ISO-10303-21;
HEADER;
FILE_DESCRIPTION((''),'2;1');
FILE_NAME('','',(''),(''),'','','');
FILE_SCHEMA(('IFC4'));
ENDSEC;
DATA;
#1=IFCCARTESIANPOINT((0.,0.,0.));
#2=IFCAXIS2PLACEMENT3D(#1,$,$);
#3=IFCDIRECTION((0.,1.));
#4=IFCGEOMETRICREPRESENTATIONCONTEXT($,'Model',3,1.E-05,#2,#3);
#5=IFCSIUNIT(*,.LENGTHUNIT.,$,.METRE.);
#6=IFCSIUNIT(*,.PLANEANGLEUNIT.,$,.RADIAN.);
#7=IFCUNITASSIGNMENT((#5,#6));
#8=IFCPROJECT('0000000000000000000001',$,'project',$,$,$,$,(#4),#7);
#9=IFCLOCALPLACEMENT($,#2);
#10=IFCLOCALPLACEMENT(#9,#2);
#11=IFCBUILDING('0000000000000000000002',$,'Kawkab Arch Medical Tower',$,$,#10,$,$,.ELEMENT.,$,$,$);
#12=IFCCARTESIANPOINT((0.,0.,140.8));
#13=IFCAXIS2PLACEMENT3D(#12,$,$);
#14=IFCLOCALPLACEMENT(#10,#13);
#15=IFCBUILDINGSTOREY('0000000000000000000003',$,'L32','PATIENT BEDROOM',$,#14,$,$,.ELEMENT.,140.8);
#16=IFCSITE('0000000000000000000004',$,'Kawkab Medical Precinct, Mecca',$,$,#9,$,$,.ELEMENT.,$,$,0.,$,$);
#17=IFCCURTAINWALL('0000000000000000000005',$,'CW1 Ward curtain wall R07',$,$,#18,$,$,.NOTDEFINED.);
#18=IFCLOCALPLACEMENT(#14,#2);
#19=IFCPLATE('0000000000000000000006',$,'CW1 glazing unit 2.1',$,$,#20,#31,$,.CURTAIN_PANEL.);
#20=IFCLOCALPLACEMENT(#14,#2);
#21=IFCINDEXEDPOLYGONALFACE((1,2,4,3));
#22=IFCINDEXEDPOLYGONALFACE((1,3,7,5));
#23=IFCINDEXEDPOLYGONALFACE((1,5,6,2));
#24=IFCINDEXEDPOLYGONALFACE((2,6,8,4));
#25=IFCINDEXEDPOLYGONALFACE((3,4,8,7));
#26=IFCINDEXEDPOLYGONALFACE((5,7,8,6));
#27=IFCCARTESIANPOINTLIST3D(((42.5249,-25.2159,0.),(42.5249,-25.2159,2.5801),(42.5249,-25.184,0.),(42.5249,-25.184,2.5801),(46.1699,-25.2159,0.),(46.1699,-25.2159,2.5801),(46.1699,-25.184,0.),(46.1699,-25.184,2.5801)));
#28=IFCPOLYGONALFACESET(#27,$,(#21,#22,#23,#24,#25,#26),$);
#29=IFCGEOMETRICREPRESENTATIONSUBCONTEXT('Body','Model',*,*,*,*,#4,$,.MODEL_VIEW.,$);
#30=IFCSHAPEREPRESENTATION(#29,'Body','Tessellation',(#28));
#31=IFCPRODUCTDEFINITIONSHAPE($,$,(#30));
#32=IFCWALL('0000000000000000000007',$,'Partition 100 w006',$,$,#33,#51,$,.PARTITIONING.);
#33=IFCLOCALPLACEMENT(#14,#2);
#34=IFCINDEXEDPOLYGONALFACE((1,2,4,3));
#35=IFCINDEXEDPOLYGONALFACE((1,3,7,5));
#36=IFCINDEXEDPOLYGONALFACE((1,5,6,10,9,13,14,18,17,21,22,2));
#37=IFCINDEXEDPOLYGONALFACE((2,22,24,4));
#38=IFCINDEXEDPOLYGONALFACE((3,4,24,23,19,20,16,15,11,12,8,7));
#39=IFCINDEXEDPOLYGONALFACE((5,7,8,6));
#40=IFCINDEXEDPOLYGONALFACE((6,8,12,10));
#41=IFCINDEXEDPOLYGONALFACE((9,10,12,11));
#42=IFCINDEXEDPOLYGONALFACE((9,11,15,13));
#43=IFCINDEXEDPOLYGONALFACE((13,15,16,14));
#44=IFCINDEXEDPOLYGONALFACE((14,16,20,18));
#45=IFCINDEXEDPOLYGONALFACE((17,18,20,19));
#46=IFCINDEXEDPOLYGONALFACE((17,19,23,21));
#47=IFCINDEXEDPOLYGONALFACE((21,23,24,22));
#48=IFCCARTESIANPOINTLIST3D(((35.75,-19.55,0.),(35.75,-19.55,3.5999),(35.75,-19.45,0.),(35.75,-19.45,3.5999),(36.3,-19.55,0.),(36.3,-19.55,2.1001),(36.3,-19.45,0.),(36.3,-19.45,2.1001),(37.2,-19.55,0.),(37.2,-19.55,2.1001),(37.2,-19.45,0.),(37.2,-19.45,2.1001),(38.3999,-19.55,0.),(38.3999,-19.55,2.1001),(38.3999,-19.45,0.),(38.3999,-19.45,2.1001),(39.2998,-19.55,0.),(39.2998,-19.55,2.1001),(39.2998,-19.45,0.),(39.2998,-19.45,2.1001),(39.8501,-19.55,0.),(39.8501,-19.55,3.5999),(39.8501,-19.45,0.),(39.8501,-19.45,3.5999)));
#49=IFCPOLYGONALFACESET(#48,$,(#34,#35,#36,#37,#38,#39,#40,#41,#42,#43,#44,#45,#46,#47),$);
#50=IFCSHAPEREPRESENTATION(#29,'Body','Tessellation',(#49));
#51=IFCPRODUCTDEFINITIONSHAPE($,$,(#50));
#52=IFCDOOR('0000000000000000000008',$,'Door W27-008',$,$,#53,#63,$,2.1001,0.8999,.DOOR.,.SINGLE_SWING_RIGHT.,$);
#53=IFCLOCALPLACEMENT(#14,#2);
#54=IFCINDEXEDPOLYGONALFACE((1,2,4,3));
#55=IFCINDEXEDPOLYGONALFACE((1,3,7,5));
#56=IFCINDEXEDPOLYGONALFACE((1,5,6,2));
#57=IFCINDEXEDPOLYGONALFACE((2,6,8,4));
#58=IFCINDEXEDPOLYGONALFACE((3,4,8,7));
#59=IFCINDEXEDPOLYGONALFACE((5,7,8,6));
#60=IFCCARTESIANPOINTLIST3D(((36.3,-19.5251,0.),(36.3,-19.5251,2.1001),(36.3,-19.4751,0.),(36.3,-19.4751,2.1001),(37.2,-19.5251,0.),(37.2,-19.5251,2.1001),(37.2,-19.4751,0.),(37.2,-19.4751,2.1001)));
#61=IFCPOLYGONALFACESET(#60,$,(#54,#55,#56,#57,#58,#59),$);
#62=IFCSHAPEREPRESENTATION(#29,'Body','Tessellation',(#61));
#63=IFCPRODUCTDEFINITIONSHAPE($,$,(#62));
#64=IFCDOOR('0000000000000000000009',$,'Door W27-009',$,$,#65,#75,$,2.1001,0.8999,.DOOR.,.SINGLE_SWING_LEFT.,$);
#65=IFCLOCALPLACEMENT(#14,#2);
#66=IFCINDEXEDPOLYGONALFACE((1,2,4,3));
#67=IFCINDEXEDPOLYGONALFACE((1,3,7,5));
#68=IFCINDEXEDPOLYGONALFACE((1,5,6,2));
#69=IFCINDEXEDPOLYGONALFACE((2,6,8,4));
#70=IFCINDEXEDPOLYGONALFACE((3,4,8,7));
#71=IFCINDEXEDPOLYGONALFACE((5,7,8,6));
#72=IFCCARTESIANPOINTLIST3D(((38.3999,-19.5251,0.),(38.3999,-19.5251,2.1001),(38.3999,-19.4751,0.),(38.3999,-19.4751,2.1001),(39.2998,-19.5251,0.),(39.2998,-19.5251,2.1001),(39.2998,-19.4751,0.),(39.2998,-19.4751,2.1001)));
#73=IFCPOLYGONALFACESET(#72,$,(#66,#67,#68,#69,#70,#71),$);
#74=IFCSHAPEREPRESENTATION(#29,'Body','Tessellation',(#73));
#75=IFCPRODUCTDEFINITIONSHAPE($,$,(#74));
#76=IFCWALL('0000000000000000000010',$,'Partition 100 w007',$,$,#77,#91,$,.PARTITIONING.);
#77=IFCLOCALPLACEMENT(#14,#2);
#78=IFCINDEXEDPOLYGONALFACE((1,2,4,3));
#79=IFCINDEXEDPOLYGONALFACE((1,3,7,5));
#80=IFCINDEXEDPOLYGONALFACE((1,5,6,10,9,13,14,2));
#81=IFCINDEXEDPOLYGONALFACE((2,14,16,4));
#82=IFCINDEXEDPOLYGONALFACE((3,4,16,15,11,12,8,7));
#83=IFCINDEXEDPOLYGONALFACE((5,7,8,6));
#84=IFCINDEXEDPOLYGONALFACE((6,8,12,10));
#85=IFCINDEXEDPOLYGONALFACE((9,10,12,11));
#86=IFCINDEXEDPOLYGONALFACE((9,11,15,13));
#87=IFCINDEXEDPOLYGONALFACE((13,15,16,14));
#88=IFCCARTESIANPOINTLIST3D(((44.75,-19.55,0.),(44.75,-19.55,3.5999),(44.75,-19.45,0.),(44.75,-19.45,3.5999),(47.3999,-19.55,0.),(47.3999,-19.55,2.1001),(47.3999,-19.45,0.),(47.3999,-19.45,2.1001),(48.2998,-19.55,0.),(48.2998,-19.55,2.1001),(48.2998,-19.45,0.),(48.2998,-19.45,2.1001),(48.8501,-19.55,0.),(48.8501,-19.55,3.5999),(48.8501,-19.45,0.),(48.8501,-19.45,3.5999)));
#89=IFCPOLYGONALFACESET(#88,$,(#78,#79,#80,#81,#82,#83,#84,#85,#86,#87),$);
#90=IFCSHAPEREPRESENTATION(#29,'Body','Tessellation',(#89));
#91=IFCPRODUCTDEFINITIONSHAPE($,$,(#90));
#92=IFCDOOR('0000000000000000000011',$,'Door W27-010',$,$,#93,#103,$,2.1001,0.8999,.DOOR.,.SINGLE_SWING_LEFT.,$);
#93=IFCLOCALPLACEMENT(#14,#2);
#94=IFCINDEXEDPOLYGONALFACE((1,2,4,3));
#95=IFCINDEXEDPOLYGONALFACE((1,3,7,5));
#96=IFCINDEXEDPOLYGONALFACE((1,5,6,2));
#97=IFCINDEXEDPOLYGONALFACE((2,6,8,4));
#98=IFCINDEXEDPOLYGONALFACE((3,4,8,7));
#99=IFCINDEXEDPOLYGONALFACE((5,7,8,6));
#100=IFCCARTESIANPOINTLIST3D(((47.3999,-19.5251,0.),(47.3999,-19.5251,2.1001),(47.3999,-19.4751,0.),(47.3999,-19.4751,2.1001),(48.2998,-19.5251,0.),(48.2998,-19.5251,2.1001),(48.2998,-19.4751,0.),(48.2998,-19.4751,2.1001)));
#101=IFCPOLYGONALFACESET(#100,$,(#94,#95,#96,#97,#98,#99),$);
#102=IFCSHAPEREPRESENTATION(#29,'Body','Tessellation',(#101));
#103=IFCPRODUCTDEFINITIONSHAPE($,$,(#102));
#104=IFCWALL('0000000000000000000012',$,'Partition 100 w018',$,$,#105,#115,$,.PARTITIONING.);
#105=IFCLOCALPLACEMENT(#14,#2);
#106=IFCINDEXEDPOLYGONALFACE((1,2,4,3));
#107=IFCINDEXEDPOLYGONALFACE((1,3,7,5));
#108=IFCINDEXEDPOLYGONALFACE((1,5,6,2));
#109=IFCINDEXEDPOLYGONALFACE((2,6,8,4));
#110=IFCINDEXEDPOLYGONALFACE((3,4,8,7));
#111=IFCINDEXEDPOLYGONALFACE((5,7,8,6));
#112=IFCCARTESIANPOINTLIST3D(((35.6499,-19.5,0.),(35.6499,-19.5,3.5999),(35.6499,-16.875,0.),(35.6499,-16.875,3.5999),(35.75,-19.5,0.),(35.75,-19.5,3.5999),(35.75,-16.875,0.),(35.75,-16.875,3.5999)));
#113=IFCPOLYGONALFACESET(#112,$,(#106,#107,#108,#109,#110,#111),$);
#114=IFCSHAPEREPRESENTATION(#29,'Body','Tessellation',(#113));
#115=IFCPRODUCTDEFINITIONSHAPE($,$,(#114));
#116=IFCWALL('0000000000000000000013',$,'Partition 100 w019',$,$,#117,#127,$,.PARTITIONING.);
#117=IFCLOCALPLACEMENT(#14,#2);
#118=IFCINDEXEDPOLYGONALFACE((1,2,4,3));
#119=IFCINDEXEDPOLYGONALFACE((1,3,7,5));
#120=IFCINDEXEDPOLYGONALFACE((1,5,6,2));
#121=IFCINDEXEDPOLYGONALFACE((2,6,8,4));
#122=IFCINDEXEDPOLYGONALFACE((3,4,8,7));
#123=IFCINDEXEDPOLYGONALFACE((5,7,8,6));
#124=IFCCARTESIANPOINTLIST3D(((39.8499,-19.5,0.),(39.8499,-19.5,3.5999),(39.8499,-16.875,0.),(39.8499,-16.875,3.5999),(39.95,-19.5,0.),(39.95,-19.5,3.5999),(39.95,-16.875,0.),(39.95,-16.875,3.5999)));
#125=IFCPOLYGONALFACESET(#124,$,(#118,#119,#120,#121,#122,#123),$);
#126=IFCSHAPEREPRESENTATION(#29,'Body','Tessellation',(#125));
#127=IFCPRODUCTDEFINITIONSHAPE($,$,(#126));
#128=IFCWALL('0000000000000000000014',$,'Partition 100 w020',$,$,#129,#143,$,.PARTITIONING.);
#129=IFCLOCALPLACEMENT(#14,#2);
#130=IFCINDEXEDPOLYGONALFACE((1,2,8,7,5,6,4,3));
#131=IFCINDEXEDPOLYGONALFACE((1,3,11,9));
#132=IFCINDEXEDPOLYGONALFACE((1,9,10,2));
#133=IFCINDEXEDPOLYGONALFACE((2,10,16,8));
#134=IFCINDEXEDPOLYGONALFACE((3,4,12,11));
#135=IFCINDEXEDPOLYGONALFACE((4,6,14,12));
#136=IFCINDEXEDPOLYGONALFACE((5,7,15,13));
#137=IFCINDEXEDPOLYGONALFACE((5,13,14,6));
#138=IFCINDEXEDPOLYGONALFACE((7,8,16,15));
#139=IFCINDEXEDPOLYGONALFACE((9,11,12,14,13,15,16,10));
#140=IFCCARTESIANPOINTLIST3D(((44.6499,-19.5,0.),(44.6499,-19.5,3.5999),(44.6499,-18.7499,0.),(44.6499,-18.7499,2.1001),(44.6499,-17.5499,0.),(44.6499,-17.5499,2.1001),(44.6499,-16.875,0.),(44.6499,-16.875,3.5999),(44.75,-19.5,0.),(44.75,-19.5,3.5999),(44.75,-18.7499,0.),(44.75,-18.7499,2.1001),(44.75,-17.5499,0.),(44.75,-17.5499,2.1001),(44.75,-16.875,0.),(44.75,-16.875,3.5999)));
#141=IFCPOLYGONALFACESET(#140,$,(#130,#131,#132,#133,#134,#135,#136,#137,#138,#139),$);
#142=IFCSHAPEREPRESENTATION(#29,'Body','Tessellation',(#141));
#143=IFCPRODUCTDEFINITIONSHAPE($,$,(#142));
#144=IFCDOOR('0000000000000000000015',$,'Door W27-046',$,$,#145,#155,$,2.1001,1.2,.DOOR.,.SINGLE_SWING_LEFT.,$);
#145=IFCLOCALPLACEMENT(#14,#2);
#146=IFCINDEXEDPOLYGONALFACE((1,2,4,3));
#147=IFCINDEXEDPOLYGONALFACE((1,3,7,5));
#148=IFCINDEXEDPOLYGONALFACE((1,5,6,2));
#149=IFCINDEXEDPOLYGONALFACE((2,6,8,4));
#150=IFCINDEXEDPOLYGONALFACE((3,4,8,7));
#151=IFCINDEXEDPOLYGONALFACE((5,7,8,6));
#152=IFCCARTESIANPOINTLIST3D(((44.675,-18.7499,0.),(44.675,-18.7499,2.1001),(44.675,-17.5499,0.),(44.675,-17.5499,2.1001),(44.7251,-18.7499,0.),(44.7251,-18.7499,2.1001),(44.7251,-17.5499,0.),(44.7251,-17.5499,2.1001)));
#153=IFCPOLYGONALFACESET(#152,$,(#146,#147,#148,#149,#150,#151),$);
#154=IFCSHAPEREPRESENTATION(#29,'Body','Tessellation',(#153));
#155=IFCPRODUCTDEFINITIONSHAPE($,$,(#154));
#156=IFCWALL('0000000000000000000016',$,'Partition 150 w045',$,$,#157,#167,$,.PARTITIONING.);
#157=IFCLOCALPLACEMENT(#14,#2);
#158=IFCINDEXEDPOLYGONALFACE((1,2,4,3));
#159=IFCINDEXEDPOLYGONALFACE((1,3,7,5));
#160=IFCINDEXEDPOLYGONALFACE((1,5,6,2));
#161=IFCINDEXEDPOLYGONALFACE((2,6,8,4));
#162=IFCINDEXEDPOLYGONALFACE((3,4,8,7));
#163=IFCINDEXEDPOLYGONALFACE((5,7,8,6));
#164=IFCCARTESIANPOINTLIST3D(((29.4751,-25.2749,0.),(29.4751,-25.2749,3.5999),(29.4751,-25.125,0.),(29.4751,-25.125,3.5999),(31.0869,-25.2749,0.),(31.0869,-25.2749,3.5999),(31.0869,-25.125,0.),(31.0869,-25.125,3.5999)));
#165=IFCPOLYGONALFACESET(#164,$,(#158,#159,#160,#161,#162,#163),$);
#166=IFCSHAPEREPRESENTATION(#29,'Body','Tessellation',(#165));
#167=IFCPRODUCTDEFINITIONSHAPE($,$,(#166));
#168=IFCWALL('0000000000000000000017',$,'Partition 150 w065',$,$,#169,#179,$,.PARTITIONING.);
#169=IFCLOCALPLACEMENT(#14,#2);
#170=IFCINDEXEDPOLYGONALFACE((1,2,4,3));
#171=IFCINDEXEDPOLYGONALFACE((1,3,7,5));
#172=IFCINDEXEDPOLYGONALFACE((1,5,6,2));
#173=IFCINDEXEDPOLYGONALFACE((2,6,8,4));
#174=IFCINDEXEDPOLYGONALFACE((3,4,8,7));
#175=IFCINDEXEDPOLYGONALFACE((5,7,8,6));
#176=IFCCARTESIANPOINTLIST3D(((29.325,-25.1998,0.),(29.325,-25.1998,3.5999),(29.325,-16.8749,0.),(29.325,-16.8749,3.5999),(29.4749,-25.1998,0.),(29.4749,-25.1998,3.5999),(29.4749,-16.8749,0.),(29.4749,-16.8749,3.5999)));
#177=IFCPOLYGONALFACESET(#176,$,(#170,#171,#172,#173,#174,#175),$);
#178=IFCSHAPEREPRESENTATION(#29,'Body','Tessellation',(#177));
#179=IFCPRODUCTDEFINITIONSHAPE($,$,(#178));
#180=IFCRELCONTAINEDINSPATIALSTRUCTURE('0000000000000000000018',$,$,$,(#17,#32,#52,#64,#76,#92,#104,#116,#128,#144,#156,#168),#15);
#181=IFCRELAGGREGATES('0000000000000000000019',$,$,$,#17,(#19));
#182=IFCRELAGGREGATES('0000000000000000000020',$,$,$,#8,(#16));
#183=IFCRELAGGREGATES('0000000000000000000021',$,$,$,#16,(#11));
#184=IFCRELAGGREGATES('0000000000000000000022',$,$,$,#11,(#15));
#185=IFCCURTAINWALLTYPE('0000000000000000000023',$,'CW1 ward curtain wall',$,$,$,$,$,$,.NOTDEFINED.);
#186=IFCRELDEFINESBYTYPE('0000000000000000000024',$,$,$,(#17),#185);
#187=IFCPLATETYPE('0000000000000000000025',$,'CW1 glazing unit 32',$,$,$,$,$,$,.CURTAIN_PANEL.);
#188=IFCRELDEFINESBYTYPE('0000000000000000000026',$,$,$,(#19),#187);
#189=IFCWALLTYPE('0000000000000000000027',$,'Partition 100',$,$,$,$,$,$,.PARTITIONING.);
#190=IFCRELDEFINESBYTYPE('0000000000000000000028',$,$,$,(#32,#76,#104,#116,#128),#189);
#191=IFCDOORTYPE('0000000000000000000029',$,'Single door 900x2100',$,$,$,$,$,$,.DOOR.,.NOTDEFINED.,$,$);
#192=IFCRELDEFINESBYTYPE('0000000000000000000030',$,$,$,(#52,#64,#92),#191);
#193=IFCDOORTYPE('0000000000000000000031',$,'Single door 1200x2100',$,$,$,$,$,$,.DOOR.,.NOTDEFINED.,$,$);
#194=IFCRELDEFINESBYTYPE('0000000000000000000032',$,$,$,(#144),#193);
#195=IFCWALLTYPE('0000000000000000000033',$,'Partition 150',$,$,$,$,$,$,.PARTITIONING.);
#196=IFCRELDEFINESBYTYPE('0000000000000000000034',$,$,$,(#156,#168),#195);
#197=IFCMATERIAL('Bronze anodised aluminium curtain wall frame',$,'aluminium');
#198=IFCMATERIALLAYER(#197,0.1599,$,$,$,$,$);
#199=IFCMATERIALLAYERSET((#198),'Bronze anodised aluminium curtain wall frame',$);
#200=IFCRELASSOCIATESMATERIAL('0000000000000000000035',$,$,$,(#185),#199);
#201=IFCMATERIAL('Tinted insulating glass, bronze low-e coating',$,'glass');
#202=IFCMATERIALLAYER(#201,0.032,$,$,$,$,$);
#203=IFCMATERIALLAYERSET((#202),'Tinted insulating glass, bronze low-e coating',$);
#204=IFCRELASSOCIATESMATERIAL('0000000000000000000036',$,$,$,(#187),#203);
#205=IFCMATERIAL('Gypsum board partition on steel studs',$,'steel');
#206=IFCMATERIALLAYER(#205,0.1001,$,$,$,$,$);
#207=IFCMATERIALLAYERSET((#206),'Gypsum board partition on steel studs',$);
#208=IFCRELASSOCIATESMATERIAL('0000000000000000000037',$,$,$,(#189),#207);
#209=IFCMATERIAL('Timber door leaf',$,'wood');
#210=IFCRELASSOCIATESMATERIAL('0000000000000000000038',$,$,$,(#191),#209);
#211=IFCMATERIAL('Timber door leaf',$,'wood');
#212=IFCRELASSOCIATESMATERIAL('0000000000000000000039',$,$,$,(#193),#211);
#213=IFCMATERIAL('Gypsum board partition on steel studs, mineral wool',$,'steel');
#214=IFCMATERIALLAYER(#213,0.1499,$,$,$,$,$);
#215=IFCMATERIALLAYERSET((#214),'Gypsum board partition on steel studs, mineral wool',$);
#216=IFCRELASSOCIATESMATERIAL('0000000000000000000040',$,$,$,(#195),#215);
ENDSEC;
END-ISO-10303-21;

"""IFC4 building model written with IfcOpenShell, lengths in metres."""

from ifc_helpers import new_model, si_unit, direction, frame, frame_2d, origin, origin_2d, place, context, subcontext, project, spatial, rectangle, extrude, material, layer, layer_set, type_object, element, fill, aggregate, save


model = new_model("IFC4")

# Units and contexts
model_context = context("Model", 3, precision=1e-05, world=origin(), true_north=direction((0.0, 1.0)))
body_context = subcontext(model_context, "Body", "Model", "MODEL_VIEW")
ifc_project = project(units=[si_unit("LENGTHUNIT", "METRE"), si_unit("PLANEANGLEUNIT", "RADIAN")], contexts=[model_context])

# Site, building, storey
site_placement = place(None, origin())
site = spatial("IfcSite", under=ifc_project, at=site_placement, Name="Kawkab Medical Precinct, Mecca", CompositionType="ELEMENT", RefElevation=0.0)
building_placement = place(site_placement, origin())
building = spatial("IfcBuilding", under=site, at=building_placement, Name="Kawkab Arch Medical Tower", CompositionType="ELEMENT")
storey_placement = place(building_placement, frame((0.0, 0.0, 140.8)))
storey = spatial("IfcBuildingStorey", under=building, at=storey_placement, Name="L32", Description="PATIENT BEDROOM", CompositionType="ELEMENT", Elevation=140.8)

# Curtain wall
ifc_material_1 = material(Name="Bronze anodised aluminium curtain wall frame", Category="aluminium")
ifc_layer_1 = layer(ifc_material_1, 0.1599)
ifc_layer_set_1 = layer_set([ifc_layer_1], Name="Bronze anodised aluminium curtain wall frame")
curtain_wall_type = type_object("IfcCurtainWallType", Name="CW1 ward curtain wall", PredefinedType="NOTDEFINED", material=ifc_layer_set_1)
curtain_wall_placement = place(storey_placement, origin())
curtain_wall = element("IfcCurtainWall", 1, at=curtain_wall_placement, inside=storey, type_object=curtain_wall_type, Name="CW1 Ward curtain wall R07", PredefinedType="NOTDEFINED")

# Plate
ifc_material_2 = material(Name="Tinted insulating glass, bronze low-e coating", Category="glass")
ifc_layer_2 = layer(ifc_material_2, 0.032)
ifc_layer_set_2 = layer_set([ifc_layer_2], Name="Tinted insulating glass, bronze low-e coating")
plate_type = type_object("IfcPlateType", Name="CW1 glazing unit 32", PredefinedType="CURTAIN_PANEL", material=ifc_layer_set_2)
plate_1_placement = place(storey_placement, frame((44.3474, -25.2, 0.0), z_axis=(0.0, 0.0, 1.0), x_axis=(1.0, 0.0, 0.0)))
plate_1 = element("IfcPlate", 2, at=plate_1_placement, type_object=plate_type, Name="CW1 glazing unit 2.1", PredefinedType="CURTAIN_PANEL", context=body_context, shape_type="SweptSolid", body=[
    extrude(rectangle(XDim=3.645, YDim=0.032, at=origin_2d()), origin(), (0.0, 0.0, 1.0), 2.5801),
])
aggregate(curtain_wall, [plate_1])

# Wall, openings, doors
ifc_material_3 = material(Name="Gypsum board partition on steel studs", Category="steel")
ifc_layer_3 = layer(ifc_material_3, 0.1001)
ifc_layer_set_3 = layer_set([ifc_layer_3], Name="Gypsum board partition on steel studs")
wall_type_1 = type_object("IfcWallType", Name="Partition 100", PredefinedType="PARTITIONING", material=ifc_layer_set_3)
wall_1_placement = place(storey_placement, frame((35.75, -19.5, 0.0), z_axis=(0.0, 0.0, 1.0), x_axis=(1.0, 0.0, 0.0)))
wall_1 = element("IfcWall", 3, at=wall_1_placement, inside=storey, type_object=wall_type_1, Name="Partition 100 w006", PredefinedType="PARTITIONING", context=body_context, shape_type="SweptSolid", body=[
    extrude(rectangle(XDim=4.1001, YDim=0.1001, at=frame_2d((2.05, 0.0))), origin(), (0.0, 0.0, 1.0), 3.5999),
])
opening_1_placement = place(wall_1_placement, frame((0.55, 0.0, 0.0)))
opening_1 = element("IfcOpeningElement", 4, at=opening_1_placement, cuts=wall_1, PredefinedType="OPENING", context=body_context, shape_type="SweptSolid", body=[
    extrude(rectangle(XDim=0.8999, YDim=2.1001, at=frame_2d((0.45, 1.05))), frame((0.0, 0.0601, 0.0), z_axis=(0.0, -1.0, 0.0), x_axis=(1.0, 0.0, 0.0)), (0.0, 0.0, 1.0), 0.1201),
])
opening_2_placement = place(wall_1_placement, frame((2.6499, 0.0, 0.0)))
opening_2 = element("IfcOpeningElement", 5, at=opening_2_placement, cuts=wall_1, PredefinedType="OPENING", context=body_context, shape_type="SweptSolid", body=[
    extrude(rectangle(XDim=0.8999, YDim=2.1001, at=frame_2d((0.45, 1.05))), frame((0.0, 0.0601, 0.0), z_axis=(0.0, -1.0, 0.0), x_axis=(1.0, 0.0, 0.0)), (0.0, 0.0, 1.0), 0.1201),
])
ifc_material_4 = material(Name="Timber door leaf", Category="wood")
door_type_1 = type_object("IfcDoorType", Name="Single door 900x2100", OperationType="NOTDEFINED", PredefinedType="DOOR", material=ifc_material_4)
door_1_placement = place(opening_1_placement, origin())
door_1 = element("IfcDoor", 6, at=door_1_placement, inside=storey, type_object=door_type_1, Name="Door W27-008", OperationType="SINGLE_SWING_RIGHT", OverallHeight=2.1001, OverallWidth=0.8999, PredefinedType="DOOR", context=body_context, shape_type="SweptSolid", body=[
    extrude(rectangle(XDim=0.8999, YDim=2.1001, at=frame_2d((0.45, 1.05))), frame((0.0, 0.0249, 0.0), z_axis=(0.0, -1.0, 0.0), x_axis=(1.0, 0.0, 0.0)), (0.0, 0.0, 1.0), 0.05),
])
fill(opening_1, door_1)
door_2_placement = place(opening_2_placement, origin())
door_2 = element("IfcDoor", 7, at=door_2_placement, inside=storey, type_object=door_type_1, Name="Door W27-009", OperationType="SINGLE_SWING_LEFT", OverallHeight=2.1001, OverallWidth=0.8999, PredefinedType="DOOR", context=body_context, shape_type="SweptSolid", body=[
    extrude(rectangle(XDim=0.8999, YDim=2.1001, at=frame_2d((0.45, 1.05))), frame((0.0, 0.0249, 0.0), z_axis=(0.0, -1.0, 0.0), x_axis=(1.0, 0.0, 0.0)), (0.0, 0.0, 1.0), 0.05),
])
fill(opening_2, door_2)

# Wall, opening, door
wall_2_placement = place(storey_placement, frame((44.75, -19.5, 0.0), z_axis=(0.0, 0.0, 1.0), x_axis=(1.0, 0.0, 0.0)))
wall_2 = element("IfcWall", 8, at=wall_2_placement, inside=storey, type_object=wall_type_1, Name="Partition 100 w007", PredefinedType="PARTITIONING", context=body_context, shape_type="SweptSolid", body=[
    extrude(rectangle(XDim=4.1001, YDim=0.1001, at=frame_2d((2.05, 0.0))), origin(), (0.0, 0.0, 1.0), 3.5999),
])
opening_3_placement = place(wall_2_placement, frame((2.6499, 0.0, 0.0)))
opening_3 = element("IfcOpeningElement", 9, at=opening_3_placement, cuts=wall_2, PredefinedType="OPENING", context=body_context, shape_type="SweptSolid", body=[
    extrude(rectangle(XDim=0.8999, YDim=2.1001, at=frame_2d((0.45, 1.05))), frame((0.0, 0.0601, 0.0), z_axis=(0.0, -1.0, 0.0), x_axis=(1.0, 0.0, 0.0)), (0.0, 0.0, 1.0), 0.1201),
])
door_3_placement = place(opening_3_placement, origin())
door_3 = element("IfcDoor", 10, at=door_3_placement, inside=storey, type_object=door_type_1, Name="Door W27-010", OperationType="SINGLE_SWING_LEFT", OverallHeight=2.1001, OverallWidth=0.8999, PredefinedType="DOOR", context=body_context, shape_type="SweptSolid", body=[
    extrude(rectangle(XDim=0.8999, YDim=2.1001, at=frame_2d((0.45, 1.05))), frame((0.0, 0.0249, 0.0), z_axis=(0.0, -1.0, 0.0), x_axis=(1.0, 0.0, 0.0)), (0.0, 0.0, 1.0), 0.05),
])
fill(opening_3, door_3)

# Walls
for number, where, z_axis, x_axis, name in (
    (11, (35.7, -19.5, 0.0), (0.0, 0.0, 1.0), (0.0, 1.0, 0.0), "Partition 100 w018"),
    (12, (39.8999, -19.5, 0.0), (0.0, 0.0, 1.0), (0.0, 1.0, 0.0), "Partition 100 w019"),
):
    element("IfcWall", number, at=place(storey_placement, frame(where, z_axis=z_axis, x_axis=x_axis)), inside=storey, type_object=wall_type_1, Name=name, PredefinedType="PARTITIONING", context=body_context, shape_type="SweptSolid", body=[
        extrude(rectangle(XDim=2.625, YDim=0.1001, at=frame_2d((1.3125, 0.0))), origin(), (0.0, 0.0, 1.0), 3.5999),
    ])

# Wall, opening, door
wall_3_placement = place(storey_placement, frame((44.7, -19.5, 0.0), z_axis=(0.0, 0.0, 1.0), x_axis=(0.0, 1.0, 0.0)))
wall_3 = element("IfcWall", 13, at=wall_3_placement, inside=storey, type_object=wall_type_1, Name="Partition 100 w020", PredefinedType="PARTITIONING", context=body_context, shape_type="SweptSolid", body=[
    extrude(rectangle(XDim=2.625, YDim=0.1001, at=frame_2d((1.3125, 0.0))), origin(), (0.0, 0.0, 1.0), 3.5999),
])
opening_4_placement = place(wall_3_placement, frame((0.75, 0.0, 0.0)))
opening_4 = element("IfcOpeningElement", 14, at=opening_4_placement, cuts=wall_3, PredefinedType="OPENING", context=body_context, shape_type="SweptSolid", body=[
    extrude(rectangle(XDim=1.2, YDim=2.1001, at=frame_2d((0.6001, 1.05))), frame((0.0, 0.0601, 0.0), z_axis=(0.0, -1.0, 0.0), x_axis=(1.0, 0.0, 0.0)), (0.0, 0.0, 1.0), 0.1201),
])
ifc_material_5 = material(Name="Timber door leaf", Category="wood")
door_type_2 = type_object("IfcDoorType", Name="Single door 1200x2100", OperationType="NOTDEFINED", PredefinedType="DOOR", material=ifc_material_5)
door_4_placement = place(opening_4_placement, origin())
door_4 = element("IfcDoor", 15, at=door_4_placement, inside=storey, type_object=door_type_2, Name="Door W27-046", OperationType="SINGLE_SWING_LEFT", OverallHeight=2.1001, OverallWidth=1.2, PredefinedType="DOOR", context=body_context, shape_type="SweptSolid", body=[
    extrude(rectangle(XDim=1.2, YDim=2.1001, at=frame_2d((0.6001, 1.05))), frame((0.0, 0.0249, 0.0), z_axis=(0.0, -1.0, 0.0), x_axis=(1.0, 0.0, 0.0)), (0.0, 0.0, 1.0), 0.05),
])
fill(opening_4, door_4)

# Walls
ifc_material_6 = material(Name="Gypsum board partition on steel studs, mineral wool", Category="steel")
ifc_layer_4 = layer(ifc_material_6, 0.1499)
ifc_layer_set_4 = layer_set([ifc_layer_4], Name="Gypsum board partition on steel studs, mineral wool")
wall_type_2 = type_object("IfcWallType", Name="Partition 150", PredefinedType="PARTITIONING", material=ifc_layer_set_4)
wall_4_placement = place(storey_placement, frame((29.4751, -25.2, 0.0), z_axis=(0.0, 0.0, 1.0), x_axis=(1.0, 0.0, 0.0)))
element("IfcWall", 16, at=wall_4_placement, inside=storey, type_object=wall_type_2, Name="Partition 150 w045", PredefinedType="PARTITIONING", context=body_context, shape_type="SweptSolid", body=[
    extrude(rectangle(XDim=1.6118, YDim=0.1499, at=frame_2d((0.8059, 0.0))), origin(), (0.0, 0.0, 1.0), 3.5999),
])
wall_5_placement = place(storey_placement, frame((29.3999, -25.2, 0.0), z_axis=(0.0, 0.0, 1.0), x_axis=(0.0, 1.0, 0.0)))
element("IfcWall", 17, at=wall_5_placement, inside=storey, type_object=wall_type_2, Name="Partition 150 w065", PredefinedType="PARTITIONING", context=body_context, shape_type="SweptSolid", body=[
    extrude(rectangle(XDim=8.325, YDim=0.1499, at=frame_2d((4.1626, 0.0))), origin(), (0.0, 0.0, 1.0), 3.5999),
])

save(model, "model.ifc")
